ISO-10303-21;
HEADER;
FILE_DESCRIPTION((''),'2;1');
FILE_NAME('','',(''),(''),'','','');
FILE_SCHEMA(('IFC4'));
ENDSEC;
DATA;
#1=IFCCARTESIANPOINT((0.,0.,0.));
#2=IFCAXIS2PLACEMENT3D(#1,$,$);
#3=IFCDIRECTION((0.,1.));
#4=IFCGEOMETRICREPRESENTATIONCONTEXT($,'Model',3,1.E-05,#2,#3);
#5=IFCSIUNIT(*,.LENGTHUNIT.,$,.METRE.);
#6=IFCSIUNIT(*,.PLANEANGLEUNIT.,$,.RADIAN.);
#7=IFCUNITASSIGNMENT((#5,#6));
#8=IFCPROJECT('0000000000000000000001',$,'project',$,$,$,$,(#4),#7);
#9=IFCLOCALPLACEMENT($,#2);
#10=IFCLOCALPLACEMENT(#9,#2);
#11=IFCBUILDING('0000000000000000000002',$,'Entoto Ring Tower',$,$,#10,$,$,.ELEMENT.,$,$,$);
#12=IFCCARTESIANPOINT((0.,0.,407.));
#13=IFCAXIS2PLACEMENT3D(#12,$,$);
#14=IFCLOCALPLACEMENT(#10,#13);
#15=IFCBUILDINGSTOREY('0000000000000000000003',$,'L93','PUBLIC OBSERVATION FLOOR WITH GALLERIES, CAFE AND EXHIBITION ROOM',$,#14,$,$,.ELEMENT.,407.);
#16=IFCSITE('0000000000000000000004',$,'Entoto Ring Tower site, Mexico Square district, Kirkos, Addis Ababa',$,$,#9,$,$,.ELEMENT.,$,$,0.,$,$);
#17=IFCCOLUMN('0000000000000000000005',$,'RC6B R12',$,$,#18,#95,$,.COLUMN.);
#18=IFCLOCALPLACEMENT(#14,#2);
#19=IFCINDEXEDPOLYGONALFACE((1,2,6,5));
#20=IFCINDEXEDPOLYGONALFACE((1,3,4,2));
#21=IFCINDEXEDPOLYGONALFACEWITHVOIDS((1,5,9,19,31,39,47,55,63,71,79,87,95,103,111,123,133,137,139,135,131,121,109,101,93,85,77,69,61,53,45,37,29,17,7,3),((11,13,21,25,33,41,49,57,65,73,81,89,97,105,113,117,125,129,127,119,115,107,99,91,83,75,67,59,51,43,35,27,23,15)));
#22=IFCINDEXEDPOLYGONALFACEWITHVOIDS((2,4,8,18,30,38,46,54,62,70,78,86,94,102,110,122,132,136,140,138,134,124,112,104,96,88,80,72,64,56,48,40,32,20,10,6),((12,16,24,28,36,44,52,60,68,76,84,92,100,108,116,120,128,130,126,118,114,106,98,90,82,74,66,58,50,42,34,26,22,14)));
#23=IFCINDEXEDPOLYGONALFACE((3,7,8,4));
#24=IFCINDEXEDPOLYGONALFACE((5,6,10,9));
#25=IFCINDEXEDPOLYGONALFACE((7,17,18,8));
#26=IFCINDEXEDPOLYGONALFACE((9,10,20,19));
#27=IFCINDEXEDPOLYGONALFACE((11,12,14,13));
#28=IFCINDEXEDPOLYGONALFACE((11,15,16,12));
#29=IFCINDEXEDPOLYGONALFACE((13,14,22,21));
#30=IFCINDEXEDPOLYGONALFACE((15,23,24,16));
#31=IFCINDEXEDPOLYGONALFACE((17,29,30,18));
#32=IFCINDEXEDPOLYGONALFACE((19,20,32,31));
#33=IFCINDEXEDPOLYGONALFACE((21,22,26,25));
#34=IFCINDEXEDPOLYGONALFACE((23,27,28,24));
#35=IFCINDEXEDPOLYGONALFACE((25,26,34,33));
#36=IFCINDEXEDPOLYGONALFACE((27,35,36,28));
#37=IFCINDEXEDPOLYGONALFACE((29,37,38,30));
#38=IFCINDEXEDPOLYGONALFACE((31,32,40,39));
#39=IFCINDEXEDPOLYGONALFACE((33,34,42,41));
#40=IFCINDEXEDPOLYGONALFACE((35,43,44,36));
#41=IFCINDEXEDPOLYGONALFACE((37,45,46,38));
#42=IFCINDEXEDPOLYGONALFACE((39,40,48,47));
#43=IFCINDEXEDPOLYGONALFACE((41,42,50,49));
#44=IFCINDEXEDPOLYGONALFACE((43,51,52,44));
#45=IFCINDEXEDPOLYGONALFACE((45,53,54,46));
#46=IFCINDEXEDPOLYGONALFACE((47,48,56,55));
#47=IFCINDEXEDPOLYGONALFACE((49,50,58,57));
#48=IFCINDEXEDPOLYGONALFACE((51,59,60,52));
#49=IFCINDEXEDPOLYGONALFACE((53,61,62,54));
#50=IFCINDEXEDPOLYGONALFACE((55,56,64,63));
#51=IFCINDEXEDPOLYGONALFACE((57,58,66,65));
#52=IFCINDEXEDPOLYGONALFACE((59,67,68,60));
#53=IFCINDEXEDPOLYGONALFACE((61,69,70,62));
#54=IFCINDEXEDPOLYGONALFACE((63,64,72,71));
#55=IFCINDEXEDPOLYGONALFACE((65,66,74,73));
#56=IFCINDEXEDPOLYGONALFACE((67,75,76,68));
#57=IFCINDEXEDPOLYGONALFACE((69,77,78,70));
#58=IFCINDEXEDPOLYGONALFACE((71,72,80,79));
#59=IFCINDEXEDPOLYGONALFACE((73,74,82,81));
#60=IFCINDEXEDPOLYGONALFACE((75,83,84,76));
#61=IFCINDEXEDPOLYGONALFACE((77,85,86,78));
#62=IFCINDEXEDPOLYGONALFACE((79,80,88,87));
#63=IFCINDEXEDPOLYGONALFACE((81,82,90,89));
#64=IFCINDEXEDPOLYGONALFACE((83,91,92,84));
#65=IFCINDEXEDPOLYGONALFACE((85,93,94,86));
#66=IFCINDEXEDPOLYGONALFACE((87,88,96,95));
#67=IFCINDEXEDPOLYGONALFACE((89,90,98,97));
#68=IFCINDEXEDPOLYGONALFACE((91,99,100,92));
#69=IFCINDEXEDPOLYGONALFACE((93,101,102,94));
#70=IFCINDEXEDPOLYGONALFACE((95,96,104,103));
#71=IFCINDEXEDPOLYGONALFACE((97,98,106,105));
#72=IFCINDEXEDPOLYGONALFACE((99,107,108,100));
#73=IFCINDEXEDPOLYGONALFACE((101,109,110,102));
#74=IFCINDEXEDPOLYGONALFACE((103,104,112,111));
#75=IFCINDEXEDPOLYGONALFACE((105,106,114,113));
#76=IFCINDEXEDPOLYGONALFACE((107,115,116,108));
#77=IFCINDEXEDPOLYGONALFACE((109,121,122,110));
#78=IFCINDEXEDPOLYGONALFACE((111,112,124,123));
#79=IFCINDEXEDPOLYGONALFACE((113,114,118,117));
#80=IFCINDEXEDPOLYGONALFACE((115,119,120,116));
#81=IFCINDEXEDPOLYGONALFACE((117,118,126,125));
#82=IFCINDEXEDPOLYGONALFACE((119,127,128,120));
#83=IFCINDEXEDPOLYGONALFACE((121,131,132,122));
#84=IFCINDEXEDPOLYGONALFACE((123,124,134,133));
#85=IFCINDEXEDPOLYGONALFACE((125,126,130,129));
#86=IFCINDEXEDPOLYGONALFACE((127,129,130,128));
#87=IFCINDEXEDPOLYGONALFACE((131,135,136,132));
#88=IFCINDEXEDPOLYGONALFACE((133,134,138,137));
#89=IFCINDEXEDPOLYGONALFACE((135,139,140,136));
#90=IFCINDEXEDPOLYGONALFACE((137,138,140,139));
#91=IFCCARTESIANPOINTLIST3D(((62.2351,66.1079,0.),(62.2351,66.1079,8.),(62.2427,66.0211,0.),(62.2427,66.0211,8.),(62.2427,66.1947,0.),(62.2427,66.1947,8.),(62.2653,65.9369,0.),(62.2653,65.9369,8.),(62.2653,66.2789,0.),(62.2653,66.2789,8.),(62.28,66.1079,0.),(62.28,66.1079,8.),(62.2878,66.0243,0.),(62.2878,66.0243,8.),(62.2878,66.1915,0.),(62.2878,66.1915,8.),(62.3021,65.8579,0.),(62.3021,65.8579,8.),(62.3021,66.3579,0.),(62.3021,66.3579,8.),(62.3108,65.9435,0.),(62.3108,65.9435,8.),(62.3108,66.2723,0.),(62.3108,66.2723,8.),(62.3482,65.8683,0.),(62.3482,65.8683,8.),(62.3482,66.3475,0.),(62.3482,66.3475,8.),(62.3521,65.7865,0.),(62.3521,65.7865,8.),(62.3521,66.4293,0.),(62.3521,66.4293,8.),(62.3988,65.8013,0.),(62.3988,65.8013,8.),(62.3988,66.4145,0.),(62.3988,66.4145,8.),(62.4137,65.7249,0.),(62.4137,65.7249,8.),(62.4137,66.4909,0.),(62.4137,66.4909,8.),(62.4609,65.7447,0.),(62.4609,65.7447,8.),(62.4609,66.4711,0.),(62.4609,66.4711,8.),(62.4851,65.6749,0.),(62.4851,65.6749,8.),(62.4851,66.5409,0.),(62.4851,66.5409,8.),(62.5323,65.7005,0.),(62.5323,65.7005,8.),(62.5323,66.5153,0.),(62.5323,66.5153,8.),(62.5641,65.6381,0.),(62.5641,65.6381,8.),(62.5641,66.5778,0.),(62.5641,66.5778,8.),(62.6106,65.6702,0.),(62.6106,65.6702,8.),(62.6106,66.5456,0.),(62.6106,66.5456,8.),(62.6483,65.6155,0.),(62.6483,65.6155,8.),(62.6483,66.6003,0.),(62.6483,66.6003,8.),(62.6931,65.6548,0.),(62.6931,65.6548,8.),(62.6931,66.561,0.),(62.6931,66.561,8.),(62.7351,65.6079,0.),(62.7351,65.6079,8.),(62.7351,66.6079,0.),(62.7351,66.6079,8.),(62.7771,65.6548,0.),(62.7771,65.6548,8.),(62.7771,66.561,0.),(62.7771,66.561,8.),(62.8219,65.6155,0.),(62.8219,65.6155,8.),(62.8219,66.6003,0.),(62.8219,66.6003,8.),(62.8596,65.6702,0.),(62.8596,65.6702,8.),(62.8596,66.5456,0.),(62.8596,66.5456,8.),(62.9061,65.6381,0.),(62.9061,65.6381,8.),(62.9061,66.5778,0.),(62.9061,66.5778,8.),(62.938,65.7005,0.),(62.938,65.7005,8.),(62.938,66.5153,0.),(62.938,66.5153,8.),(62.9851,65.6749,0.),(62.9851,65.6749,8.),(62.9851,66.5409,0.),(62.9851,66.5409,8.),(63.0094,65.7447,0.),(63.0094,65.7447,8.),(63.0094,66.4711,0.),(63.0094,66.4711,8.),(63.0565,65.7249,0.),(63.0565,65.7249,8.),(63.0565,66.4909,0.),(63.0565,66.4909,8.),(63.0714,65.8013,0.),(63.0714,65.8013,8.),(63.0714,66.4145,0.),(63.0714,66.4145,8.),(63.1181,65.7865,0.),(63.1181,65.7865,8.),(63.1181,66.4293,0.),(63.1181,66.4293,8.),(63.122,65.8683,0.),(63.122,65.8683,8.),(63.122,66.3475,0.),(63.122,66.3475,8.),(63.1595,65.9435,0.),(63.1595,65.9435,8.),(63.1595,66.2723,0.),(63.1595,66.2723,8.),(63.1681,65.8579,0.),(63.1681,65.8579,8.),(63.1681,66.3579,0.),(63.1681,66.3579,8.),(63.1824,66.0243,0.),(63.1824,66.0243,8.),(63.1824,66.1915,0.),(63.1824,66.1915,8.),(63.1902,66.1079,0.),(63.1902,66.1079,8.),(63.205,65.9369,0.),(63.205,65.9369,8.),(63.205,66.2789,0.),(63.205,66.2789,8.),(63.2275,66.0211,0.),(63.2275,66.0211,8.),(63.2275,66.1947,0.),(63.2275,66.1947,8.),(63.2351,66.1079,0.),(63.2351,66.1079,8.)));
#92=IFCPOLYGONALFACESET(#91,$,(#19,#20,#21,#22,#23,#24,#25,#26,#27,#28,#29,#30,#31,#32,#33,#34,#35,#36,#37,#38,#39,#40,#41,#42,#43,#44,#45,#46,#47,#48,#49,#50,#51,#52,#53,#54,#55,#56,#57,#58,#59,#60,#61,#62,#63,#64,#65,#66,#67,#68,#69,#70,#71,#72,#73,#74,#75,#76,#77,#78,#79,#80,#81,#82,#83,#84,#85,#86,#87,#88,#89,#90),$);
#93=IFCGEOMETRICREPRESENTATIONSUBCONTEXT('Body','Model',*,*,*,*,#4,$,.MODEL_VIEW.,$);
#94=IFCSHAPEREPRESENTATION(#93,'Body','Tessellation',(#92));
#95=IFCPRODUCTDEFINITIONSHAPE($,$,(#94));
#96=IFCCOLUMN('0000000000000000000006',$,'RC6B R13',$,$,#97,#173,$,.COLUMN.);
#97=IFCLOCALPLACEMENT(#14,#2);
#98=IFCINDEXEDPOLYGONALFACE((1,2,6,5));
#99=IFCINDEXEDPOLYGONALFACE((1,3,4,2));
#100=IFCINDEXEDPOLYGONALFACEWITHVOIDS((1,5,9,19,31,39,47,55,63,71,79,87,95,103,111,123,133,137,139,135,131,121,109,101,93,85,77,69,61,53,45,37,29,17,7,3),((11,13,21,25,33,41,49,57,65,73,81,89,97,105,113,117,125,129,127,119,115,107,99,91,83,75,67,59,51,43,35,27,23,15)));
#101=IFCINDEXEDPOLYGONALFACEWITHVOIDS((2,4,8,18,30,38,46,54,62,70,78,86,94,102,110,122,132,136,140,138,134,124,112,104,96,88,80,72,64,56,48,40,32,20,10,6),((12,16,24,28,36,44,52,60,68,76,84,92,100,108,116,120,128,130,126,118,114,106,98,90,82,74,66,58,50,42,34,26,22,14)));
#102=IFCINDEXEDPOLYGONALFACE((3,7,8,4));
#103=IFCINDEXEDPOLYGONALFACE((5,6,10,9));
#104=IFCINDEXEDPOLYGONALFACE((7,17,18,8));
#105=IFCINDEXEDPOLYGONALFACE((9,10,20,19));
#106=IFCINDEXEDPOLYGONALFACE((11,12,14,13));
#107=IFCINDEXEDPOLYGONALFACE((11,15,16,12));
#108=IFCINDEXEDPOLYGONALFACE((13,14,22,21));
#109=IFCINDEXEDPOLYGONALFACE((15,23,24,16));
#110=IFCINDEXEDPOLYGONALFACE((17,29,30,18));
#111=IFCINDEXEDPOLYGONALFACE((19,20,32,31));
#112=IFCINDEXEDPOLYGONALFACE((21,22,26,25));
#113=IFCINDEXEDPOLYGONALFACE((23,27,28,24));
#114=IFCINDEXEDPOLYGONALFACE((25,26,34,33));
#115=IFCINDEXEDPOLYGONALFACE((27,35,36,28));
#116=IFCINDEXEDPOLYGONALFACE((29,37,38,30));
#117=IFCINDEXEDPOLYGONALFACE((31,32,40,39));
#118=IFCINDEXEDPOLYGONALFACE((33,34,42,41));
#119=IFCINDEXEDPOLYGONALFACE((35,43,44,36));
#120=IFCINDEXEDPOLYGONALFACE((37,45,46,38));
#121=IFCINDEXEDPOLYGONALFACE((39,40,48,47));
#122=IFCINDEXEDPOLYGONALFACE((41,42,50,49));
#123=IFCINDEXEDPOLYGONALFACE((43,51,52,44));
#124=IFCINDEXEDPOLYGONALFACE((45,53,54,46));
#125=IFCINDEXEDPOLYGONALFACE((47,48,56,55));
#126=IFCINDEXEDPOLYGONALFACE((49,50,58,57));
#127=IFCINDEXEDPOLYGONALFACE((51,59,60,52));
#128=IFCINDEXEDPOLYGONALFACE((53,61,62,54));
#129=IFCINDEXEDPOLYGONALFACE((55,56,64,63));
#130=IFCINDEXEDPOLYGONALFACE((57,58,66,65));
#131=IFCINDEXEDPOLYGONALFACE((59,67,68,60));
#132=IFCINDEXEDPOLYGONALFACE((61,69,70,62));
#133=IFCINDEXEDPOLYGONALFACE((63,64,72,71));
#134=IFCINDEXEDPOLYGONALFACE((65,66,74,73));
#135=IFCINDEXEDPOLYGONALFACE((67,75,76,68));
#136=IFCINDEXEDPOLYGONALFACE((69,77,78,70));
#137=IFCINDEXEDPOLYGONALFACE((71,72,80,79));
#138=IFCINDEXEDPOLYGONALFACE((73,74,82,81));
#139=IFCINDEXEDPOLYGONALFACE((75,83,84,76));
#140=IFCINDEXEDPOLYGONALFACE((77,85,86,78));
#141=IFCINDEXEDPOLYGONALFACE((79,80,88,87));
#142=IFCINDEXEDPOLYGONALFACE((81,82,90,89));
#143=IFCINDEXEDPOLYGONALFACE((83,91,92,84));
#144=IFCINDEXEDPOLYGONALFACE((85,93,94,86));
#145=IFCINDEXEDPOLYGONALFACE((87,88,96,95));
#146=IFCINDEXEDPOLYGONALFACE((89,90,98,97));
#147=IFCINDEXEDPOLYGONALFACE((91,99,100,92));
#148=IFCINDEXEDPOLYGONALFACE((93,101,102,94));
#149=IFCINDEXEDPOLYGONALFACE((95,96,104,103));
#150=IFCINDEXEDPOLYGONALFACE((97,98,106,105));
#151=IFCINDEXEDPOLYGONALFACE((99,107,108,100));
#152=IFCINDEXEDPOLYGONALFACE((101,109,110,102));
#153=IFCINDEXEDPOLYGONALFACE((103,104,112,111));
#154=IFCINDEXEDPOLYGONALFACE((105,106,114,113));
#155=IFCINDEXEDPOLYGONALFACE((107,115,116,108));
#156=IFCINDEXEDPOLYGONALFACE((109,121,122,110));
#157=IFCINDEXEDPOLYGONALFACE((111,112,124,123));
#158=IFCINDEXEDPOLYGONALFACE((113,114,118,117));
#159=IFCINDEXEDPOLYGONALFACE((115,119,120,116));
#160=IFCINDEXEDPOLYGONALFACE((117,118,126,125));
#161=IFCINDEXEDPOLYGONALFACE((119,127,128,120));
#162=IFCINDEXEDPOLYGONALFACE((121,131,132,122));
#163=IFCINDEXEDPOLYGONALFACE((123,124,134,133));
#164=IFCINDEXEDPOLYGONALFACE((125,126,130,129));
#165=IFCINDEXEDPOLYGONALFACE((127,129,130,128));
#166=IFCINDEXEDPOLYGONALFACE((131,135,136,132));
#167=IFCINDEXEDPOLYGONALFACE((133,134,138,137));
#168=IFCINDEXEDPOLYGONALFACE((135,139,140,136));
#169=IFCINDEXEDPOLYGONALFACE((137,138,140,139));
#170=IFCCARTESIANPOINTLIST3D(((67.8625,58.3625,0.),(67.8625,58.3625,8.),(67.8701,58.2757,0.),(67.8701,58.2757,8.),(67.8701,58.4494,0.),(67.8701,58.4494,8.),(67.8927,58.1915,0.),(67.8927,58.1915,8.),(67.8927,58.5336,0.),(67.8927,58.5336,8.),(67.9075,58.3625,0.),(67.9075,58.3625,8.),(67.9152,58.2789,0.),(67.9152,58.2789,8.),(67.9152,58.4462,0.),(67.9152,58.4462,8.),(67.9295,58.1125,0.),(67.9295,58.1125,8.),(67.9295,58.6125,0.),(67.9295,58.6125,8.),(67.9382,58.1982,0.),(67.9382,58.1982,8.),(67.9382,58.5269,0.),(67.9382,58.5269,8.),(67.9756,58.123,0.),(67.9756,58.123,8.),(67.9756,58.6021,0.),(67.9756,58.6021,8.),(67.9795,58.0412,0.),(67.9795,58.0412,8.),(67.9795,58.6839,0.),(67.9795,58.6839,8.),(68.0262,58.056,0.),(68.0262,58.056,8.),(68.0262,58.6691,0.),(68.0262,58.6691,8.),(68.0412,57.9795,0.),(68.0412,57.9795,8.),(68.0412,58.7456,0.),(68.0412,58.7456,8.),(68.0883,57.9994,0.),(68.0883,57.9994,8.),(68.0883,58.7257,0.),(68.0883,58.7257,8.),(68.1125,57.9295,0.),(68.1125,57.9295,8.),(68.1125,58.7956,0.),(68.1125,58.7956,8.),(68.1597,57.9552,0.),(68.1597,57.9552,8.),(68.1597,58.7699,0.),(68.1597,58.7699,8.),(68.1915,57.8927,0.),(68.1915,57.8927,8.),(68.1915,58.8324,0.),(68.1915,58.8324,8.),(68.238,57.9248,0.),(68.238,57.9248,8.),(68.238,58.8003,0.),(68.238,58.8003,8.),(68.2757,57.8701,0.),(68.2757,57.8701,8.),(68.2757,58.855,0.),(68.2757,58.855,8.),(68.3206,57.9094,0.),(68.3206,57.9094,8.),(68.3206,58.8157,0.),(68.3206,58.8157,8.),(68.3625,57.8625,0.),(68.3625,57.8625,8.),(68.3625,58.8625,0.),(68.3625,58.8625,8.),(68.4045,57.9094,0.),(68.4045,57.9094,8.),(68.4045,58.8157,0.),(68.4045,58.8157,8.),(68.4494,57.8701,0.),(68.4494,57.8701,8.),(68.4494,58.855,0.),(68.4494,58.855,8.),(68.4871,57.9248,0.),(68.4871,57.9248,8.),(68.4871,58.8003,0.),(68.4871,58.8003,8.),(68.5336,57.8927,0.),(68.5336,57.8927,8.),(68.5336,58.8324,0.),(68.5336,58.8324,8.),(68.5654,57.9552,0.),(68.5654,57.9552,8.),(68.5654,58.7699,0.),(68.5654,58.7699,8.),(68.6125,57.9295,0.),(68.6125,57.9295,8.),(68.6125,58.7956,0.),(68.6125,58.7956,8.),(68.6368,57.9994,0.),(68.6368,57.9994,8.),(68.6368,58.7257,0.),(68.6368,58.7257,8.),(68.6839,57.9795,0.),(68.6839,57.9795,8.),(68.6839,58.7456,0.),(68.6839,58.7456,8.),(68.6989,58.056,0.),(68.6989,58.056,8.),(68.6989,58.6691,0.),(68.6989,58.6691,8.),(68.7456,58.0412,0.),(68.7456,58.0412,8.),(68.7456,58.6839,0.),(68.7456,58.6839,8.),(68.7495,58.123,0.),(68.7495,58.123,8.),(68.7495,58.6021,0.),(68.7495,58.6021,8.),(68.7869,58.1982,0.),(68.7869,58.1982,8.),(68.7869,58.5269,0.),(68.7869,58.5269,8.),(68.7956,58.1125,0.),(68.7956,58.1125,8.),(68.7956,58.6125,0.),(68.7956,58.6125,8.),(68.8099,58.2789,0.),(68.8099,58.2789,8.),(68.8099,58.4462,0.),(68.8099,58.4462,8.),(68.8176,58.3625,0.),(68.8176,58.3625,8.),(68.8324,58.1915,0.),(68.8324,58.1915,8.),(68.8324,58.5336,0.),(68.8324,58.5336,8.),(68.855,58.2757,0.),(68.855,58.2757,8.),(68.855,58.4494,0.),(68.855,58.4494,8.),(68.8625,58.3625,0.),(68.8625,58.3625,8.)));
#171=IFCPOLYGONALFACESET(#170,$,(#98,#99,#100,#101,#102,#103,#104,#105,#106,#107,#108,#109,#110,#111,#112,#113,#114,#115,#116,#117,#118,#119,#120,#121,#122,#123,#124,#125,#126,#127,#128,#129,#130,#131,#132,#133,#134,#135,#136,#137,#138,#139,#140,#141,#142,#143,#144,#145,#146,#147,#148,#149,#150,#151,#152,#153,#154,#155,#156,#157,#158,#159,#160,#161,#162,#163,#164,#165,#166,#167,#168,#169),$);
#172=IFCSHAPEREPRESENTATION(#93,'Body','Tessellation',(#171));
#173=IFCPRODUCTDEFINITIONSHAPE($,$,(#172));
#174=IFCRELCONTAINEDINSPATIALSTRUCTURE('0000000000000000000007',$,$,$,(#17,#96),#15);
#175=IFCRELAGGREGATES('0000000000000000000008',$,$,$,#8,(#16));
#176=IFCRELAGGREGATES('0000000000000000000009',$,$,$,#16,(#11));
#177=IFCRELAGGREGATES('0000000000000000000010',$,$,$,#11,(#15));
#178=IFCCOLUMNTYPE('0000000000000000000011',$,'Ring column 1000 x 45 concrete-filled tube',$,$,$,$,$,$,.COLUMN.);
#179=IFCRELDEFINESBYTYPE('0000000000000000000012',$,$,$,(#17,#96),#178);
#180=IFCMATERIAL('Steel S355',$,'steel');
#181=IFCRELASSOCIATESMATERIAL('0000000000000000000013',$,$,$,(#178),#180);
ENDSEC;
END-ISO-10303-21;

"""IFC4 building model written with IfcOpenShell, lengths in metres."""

from ifc_helpers import new_model, si_unit, direction, frame, origin, origin_2d, place, context, subcontext, project, spatial, circle, hollow_circle, extrude, material, material_profile, profile_set, type_object, element, save


model = new_model("IFC4")

# Units and contexts
model_context = context("Model", 3, precision=1e-05, world=origin(), true_north=direction((0.0, 1.0)))
body_context = subcontext(model_context, "Body", "Model", "MODEL_VIEW")
ifc_project = project(units=[si_unit("LENGTHUNIT", "METRE"), si_unit("PLANEANGLEUNIT", "RADIAN")], contexts=[model_context])

# Site, building, storey
site_placement = place(None, origin())
site = spatial("IfcSite", under=ifc_project, at=site_placement, Name="Entoto Ring Tower site, Mexico Square district, Kirkos, Addis Ababa", CompositionType="ELEMENT", RefElevation=0.0)
building_placement = place(site_placement, origin())
building = spatial("IfcBuilding", under=site, at=building_placement, Name="Entoto Ring Tower", CompositionType="ELEMENT")
storey_placement = place(building_placement, frame((0.0, 0.0, 407.0)))
storey = spatial("IfcBuildingStorey", under=building, at=storey_placement, Name="L93", Description="PUBLIC OBSERVATION FLOOR WITH GALLERIES, CAFE AND EXHIBITION ROOM", CompositionType="ELEMENT", Elevation=407.0)

# Columns
ifc_material_1 = material(Name="Steel S355", Category="steel")
ifc_material_profile_1 = material_profile(ifc_material_1, hollow_circle(Radius=0.5, WallThickness=0.0449, at=origin_2d()), Name="CHS 1000 x 45")
ifc_material_2 = material(Name="Concrete C60/75", Category="concrete")
ifc_material_profile_2 = material_profile(ifc_material_2, circle(Radius=0.4551, at=origin_2d()), Name="Concrete C60/75 infill")
ifc_profile_set_1 = profile_set([ifc_material_profile_1, ifc_material_profile_2], Name="Steel S355")
column_type = type_object("IfcColumnType", Name="Ring column 1000 x 45 concrete-filled tube", PredefinedType="COLUMN", material=ifc_profile_set_1)
for number, where, z_axis, x_axis, name in (
    (1, (62.7351, 66.1079, 0.0), (0.0, 0.0, 1.0), (1.0, 0.0, 0.0), "RC6B R12"),
    (2, (68.3625, 58.3625, 0.0), (0.0, 0.0, 1.0), (1.0, 0.0, 0.0), "RC6B R13"),
):
    element("IfcColumn", number, at=place(storey_placement, frame(where, z_axis=z_axis, x_axis=x_axis)), inside=storey, type_object=column_type, Name=name, PredefinedType="COLUMN", context=body_context, shape_type="SweptSolid", body=[
        extrude(hollow_circle(Radius=0.5, WallThickness=0.0449, at=origin_2d()), origin(), (0.0, 0.0, 1.0), 8.0),
    ])

save(model, "model.ifc")
